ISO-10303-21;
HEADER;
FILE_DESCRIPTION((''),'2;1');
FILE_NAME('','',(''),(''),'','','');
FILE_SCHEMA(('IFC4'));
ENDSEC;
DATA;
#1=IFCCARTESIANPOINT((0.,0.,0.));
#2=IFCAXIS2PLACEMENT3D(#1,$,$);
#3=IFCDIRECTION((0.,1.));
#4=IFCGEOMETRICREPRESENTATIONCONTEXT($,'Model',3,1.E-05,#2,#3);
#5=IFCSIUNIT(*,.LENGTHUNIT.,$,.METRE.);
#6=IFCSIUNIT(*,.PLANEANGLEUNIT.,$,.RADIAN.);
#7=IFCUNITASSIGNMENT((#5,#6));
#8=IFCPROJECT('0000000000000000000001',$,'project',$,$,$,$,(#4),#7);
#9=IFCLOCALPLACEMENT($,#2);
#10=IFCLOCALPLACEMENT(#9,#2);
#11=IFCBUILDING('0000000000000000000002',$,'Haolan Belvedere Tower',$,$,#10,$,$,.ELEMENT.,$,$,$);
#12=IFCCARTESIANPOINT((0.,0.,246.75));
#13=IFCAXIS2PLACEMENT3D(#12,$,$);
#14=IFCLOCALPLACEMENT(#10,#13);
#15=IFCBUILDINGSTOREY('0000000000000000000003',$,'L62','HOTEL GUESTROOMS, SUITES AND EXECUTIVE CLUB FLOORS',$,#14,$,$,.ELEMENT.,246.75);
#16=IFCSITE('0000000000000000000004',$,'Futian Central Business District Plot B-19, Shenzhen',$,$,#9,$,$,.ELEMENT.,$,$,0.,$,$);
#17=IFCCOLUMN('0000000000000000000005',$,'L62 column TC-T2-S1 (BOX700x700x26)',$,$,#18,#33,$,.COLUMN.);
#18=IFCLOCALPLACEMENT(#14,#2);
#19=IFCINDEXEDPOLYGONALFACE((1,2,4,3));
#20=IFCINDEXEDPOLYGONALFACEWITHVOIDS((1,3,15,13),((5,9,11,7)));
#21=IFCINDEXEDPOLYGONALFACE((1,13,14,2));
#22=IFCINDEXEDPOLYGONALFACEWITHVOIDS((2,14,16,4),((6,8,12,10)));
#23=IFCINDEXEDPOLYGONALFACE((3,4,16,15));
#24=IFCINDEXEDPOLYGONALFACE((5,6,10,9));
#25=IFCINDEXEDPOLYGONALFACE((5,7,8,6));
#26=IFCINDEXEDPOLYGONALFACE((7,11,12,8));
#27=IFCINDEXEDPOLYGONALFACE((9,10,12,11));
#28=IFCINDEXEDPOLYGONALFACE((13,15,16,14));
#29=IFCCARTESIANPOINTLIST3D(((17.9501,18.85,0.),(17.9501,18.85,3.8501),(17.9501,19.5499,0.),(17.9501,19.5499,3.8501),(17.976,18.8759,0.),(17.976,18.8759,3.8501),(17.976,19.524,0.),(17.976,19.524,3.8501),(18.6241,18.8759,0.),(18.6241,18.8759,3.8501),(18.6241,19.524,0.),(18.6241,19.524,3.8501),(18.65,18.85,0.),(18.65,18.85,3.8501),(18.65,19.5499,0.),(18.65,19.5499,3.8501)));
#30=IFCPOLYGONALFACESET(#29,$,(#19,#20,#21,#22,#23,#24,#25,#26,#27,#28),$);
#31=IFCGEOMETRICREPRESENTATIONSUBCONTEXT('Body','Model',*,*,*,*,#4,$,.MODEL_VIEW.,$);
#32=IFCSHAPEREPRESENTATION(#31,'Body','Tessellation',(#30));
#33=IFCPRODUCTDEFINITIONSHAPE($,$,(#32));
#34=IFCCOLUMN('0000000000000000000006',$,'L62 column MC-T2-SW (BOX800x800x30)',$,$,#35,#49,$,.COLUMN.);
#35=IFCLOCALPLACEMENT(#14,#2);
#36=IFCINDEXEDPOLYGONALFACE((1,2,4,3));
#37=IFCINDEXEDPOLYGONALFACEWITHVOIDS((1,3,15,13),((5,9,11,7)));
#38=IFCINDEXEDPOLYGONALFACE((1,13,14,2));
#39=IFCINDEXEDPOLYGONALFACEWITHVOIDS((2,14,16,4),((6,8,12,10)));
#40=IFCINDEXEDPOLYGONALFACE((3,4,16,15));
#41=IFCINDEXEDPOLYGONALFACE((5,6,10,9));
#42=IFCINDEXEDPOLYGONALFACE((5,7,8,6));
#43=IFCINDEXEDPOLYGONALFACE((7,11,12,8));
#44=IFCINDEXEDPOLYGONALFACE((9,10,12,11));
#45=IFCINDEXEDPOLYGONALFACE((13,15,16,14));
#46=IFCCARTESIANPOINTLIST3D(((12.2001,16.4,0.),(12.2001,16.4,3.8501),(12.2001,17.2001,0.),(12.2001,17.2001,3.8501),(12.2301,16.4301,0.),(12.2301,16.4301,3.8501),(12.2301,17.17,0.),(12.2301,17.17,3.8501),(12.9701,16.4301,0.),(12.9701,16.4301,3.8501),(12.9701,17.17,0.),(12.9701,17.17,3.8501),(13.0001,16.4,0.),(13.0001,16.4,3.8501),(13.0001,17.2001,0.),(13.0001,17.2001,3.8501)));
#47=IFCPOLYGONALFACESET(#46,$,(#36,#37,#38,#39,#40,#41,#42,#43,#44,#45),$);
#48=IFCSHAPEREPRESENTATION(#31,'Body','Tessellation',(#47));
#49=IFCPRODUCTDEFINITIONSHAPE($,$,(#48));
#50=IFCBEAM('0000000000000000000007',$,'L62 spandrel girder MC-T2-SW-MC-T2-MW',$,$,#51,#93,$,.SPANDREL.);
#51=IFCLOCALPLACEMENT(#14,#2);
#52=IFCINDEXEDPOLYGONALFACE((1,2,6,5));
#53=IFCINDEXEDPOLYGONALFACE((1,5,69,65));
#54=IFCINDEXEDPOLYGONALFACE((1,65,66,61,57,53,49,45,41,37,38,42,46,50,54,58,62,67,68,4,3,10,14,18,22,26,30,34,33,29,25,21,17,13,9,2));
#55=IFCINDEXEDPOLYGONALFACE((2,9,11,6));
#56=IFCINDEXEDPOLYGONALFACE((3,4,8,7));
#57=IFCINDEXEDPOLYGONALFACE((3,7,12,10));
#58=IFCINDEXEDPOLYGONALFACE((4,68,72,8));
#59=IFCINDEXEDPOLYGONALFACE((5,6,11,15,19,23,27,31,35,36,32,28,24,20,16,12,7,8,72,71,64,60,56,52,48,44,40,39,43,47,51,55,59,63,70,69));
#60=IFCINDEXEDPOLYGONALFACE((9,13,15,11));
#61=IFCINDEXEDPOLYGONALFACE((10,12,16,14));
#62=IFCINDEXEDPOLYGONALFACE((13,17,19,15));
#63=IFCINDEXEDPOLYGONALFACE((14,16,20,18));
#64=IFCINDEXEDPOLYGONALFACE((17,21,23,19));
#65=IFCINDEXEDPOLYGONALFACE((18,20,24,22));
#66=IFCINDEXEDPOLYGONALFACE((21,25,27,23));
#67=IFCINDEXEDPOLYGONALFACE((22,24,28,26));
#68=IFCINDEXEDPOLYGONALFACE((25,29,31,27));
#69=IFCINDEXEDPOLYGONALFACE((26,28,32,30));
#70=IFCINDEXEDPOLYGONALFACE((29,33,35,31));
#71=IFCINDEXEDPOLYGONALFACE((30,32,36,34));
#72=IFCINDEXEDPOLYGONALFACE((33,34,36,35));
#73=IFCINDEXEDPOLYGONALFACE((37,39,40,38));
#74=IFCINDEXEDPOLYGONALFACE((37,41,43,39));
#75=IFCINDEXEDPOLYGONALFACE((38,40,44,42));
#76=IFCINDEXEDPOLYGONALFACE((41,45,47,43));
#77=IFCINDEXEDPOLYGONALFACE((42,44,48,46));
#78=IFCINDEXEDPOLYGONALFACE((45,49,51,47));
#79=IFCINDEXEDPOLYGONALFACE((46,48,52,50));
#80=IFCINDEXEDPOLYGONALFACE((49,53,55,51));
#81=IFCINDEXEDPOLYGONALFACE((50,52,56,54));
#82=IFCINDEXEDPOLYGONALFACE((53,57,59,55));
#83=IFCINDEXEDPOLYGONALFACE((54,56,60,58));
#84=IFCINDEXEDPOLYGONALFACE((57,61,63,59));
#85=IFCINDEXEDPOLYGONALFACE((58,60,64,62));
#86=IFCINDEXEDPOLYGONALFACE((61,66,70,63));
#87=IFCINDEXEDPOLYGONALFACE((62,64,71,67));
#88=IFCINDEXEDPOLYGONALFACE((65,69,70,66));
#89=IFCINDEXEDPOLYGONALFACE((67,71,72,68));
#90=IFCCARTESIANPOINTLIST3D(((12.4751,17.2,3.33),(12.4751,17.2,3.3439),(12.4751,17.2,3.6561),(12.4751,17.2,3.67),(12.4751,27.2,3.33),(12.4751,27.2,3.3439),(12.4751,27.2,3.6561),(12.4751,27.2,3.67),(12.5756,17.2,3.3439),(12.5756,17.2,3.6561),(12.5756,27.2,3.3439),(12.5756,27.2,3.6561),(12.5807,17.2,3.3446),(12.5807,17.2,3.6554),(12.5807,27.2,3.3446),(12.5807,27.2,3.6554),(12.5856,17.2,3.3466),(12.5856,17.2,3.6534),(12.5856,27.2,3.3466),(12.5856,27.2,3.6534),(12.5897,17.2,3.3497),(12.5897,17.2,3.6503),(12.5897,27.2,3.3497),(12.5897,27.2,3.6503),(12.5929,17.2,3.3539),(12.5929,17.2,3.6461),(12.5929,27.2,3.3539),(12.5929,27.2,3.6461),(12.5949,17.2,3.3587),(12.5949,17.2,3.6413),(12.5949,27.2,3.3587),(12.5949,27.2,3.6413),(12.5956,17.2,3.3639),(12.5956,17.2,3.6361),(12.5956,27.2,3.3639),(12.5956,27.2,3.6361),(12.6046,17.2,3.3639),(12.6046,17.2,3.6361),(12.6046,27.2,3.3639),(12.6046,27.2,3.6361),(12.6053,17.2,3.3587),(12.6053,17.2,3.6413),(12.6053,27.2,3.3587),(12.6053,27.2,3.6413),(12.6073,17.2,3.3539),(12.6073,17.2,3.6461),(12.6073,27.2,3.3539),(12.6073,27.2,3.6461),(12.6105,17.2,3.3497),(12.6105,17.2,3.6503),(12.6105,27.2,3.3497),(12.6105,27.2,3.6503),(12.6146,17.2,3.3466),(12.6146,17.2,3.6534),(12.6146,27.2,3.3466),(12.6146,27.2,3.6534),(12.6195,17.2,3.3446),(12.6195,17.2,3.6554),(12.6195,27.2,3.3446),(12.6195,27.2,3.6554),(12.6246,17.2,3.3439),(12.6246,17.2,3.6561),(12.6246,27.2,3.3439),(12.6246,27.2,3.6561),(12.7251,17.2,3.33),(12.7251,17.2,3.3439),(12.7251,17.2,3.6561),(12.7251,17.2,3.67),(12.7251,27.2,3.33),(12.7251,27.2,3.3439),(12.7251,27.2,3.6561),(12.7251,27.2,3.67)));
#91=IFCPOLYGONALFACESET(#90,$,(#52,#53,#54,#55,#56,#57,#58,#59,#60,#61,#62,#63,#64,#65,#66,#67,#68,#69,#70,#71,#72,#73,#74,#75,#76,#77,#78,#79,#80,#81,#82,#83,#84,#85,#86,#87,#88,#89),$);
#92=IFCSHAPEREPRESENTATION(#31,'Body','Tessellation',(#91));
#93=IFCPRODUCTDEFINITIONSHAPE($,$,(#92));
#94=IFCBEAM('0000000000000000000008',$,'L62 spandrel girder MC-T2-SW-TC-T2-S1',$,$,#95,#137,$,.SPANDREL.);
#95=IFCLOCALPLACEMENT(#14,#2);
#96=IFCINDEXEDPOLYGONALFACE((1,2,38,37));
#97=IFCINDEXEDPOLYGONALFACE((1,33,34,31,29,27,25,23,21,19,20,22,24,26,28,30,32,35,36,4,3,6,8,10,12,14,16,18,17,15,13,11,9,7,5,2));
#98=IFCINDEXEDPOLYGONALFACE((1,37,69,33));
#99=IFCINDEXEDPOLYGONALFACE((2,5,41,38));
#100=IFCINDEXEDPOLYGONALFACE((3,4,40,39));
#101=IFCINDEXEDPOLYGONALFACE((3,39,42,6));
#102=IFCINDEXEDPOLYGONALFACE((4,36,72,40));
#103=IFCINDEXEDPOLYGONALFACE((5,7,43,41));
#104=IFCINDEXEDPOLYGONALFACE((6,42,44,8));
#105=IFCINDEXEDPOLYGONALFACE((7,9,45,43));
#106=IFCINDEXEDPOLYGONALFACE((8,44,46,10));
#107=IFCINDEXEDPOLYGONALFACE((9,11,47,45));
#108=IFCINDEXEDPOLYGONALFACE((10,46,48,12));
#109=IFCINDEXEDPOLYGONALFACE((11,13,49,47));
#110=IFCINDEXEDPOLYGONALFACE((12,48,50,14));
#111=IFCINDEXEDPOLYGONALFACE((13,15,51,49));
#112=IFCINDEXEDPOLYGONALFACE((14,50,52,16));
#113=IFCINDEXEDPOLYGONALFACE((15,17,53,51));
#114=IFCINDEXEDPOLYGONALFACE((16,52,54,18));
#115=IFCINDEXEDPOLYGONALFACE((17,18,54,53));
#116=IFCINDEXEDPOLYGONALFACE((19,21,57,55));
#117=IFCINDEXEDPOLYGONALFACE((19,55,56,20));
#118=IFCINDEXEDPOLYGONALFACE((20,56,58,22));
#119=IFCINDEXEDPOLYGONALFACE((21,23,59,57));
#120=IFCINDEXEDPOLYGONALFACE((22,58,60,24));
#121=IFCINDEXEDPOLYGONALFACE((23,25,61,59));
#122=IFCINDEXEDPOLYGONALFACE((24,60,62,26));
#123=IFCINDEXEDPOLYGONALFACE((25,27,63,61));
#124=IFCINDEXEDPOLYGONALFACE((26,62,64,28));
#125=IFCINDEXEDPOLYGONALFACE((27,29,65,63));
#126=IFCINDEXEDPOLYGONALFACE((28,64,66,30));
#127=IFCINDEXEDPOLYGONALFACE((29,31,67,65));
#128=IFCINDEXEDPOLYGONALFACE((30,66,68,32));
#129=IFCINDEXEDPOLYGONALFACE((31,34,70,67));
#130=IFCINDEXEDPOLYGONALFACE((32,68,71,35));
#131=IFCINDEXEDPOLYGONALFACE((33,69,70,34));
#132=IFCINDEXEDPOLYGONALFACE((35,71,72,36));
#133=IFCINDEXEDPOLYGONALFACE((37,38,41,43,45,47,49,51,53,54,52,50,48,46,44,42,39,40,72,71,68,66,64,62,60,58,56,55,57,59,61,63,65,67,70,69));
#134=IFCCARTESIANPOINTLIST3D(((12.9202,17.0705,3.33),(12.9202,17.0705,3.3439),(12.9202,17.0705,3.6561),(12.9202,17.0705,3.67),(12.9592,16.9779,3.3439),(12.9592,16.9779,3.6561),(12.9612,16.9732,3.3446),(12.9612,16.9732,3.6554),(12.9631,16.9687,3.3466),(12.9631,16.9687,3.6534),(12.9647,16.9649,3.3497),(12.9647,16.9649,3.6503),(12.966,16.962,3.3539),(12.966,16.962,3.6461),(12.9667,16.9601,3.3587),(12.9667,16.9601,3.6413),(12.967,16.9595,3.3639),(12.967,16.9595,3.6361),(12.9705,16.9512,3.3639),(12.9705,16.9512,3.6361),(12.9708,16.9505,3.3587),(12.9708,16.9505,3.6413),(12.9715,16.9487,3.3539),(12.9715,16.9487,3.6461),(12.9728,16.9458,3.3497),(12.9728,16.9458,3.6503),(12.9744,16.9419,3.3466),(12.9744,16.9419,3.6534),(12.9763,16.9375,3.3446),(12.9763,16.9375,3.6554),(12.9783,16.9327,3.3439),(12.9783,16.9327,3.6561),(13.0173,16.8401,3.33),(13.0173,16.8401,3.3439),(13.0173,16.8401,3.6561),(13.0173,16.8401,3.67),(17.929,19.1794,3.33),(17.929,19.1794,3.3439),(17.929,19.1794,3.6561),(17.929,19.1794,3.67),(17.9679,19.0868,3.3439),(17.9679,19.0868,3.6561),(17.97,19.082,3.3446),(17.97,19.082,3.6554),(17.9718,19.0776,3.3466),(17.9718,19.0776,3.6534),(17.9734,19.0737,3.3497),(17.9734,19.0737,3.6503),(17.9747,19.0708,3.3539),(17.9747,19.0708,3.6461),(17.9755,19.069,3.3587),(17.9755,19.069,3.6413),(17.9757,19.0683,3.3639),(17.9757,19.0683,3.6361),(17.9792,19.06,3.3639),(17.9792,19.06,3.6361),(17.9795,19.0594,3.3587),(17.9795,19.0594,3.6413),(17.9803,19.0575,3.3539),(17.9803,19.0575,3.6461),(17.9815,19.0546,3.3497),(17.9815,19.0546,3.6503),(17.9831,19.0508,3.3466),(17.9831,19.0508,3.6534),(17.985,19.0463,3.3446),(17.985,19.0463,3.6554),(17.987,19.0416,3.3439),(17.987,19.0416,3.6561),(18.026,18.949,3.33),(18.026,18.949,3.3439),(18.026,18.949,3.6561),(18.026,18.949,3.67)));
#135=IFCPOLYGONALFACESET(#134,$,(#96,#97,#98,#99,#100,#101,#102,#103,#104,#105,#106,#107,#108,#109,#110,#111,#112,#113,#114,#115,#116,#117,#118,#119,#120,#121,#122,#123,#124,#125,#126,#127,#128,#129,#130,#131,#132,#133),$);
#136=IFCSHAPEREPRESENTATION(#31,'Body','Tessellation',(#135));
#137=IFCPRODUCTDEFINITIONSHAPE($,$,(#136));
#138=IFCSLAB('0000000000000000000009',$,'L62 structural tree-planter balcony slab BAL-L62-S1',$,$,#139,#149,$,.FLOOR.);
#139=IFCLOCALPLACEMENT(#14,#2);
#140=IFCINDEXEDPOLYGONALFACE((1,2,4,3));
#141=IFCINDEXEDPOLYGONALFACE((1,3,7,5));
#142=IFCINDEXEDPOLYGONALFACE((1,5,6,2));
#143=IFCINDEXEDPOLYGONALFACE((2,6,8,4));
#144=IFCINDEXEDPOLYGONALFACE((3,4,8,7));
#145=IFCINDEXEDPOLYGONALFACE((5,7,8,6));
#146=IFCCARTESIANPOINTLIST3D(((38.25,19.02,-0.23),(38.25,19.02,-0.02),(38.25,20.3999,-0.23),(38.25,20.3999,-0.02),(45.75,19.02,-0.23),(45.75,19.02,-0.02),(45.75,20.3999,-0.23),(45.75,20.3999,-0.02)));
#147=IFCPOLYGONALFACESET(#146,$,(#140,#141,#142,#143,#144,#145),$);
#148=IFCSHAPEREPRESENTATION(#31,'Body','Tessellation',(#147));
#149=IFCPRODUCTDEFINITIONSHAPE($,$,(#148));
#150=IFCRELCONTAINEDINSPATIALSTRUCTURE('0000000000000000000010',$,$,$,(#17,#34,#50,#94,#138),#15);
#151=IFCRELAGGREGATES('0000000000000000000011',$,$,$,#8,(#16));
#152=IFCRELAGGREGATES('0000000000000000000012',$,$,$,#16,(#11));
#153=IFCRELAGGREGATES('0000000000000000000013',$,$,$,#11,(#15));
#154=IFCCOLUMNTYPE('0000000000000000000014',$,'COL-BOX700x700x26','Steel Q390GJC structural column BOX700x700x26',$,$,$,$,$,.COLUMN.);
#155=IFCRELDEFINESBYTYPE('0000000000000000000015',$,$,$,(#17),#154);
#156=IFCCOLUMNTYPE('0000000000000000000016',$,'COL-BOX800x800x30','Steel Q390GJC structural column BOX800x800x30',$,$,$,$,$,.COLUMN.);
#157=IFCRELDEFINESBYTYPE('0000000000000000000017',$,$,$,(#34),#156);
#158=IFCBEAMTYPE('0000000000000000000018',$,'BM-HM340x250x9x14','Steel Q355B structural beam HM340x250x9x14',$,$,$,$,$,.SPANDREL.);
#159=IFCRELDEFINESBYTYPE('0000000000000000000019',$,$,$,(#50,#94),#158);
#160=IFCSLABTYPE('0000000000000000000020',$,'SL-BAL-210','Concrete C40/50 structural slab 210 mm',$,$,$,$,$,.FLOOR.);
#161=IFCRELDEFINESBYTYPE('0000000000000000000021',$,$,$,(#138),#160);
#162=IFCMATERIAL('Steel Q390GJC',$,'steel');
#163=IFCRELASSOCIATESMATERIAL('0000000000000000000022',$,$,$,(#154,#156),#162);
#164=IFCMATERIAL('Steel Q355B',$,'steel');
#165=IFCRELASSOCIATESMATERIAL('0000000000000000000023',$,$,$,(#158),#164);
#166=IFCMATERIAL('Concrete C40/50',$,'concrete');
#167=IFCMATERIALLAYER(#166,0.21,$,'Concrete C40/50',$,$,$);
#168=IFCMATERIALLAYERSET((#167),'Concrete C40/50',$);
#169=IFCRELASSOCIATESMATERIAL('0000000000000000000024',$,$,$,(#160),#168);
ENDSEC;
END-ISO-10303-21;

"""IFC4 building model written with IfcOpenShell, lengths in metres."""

from ifc_helpers import new_model, si_unit, direction, frame, origin, origin_2d, place, context, subcontext, project, spatial, polyline, hollow_rectangle, i_section, outline, extrude, material, layer, layer_set, material_profile, profile_set, type_object, element, save


model = new_model("IFC4")

# Units and contexts
model_context = context("Model", 3, precision=1e-05, world=origin(), true_north=direction((0.0, 1.0)))
body_context = subcontext(model_context, "Body", "Model", "MODEL_VIEW")
ifc_project = project(units=[si_unit("LENGTHUNIT", "METRE"), si_unit("PLANEANGLEUNIT", "RADIAN")], contexts=[model_context])

# Site, building, storey
site_placement = place(None, origin())
site = spatial("IfcSite", under=ifc_project, at=site_placement, Name="Futian Central Business District Plot B-19, Shenzhen", CompositionType="ELEMENT", RefElevation=0.0)
building_placement = place(site_placement, origin())
building = spatial("IfcBuilding", under=site, at=building_placement, Name="Haolan Belvedere Tower", CompositionType="ELEMENT")
storey_placement = place(building_placement, frame((0.0, 0.0, 246.75)))
storey = spatial("IfcBuildingStorey", under=building, at=storey_placement, Name="L62", Description="HOTEL GUESTROOMS, SUITES AND EXECUTIVE CLUB FLOORS", CompositionType="ELEMENT", Elevation=246.75)

# Columns
ifc_material_1 = material(Name="Steel Q390GJC", Category="steel")
ifc_material_profile_1 = material_profile(ifc_material_1, hollow_rectangle(XDim=0.7, YDim=0.7, WallThickness=0.0259, at=origin_2d()), Name="Steel Q390GJC")
ifc_profile_set_1 = profile_set([ifc_material_profile_1], Name="Steel Q390GJC")
column_type_1 = type_object("IfcColumnType", Name="COL-BOX700x700x26", Description="Steel Q390GJC structural column BOX700x700x26", PredefinedType="COLUMN", material=ifc_profile_set_1)
column_1_placement = place(storey_placement, frame((18.3, 19.2, 0.0), z_axis=(0.0, 0.0, 1.0), x_axis=(1.0, 0.0, 0.0)))
element("IfcColumn", 1, at=column_1_placement, inside=storey, type_object=column_type_1, Name="L62 column TC-T2-S1 (BOX700x700x26)", PredefinedType="COLUMN", context=body_context, shape_type="SweptSolid", body=[
    extrude(hollow_rectangle(XDim=0.7, YDim=0.7, WallThickness=0.0259, at=origin_2d()), origin(), (0.0, 0.0, 1.0), 3.8501),
])
ifc_material_profile_2 = material_profile(ifc_material_1, hollow_rectangle(XDim=0.8, YDim=0.8, WallThickness=0.03, at=origin_2d()), Name="Steel Q390GJC")
ifc_profile_set_2 = profile_set([ifc_material_profile_2], Name="Steel Q390GJC")
column_type_2 = type_object("IfcColumnType", Name="COL-BOX800x800x30", Description="Steel Q390GJC structural column BOX800x800x30", PredefinedType="COLUMN", material=ifc_profile_set_2)
column_2_placement = place(storey_placement, frame((12.6001, 16.8, 0.0), z_axis=(0.0, 0.0, 1.0), x_axis=(1.0, 0.0, 0.0)))
element("IfcColumn", 2, at=column_2_placement, inside=storey, type_object=column_type_2, Name="L62 column MC-T2-SW (BOX800x800x30)", PredefinedType="COLUMN", context=body_context, shape_type="SweptSolid", body=[
    extrude(hollow_rectangle(XDim=0.8, YDim=0.8, WallThickness=0.03, at=origin_2d()), origin(), (0.0, 0.0, 1.0), 3.8501),
])

# Beams
ifc_material_2 = material(Name="Steel Q355B", Category="steel")
ifc_material_profile_3 = material_profile(ifc_material_2, i_section(OverallWidth=0.25, OverallDepth=0.3401, WebThickness=0.009, FlangeThickness=0.0139, FilletRadius=0.02, at=origin_2d()), Name="Steel Q355B")
ifc_profile_set_3 = profile_set([ifc_material_profile_3], Name="Steel Q355B")
beam_type = type_object("IfcBeamType", Name="BM-HM340x250x9x14", Description="Steel Q355B structural beam HM340x250x9x14", PredefinedType="SPANDREL", material=ifc_profile_set_3)
beam_1_placement = place(storey_placement, frame((12.6001, 17.2, 3.5), z_axis=(0.0, 1.0, 0.0), x_axis=(-1.0, 0.0, 0.0)))
element("IfcBeam", 3, at=beam_1_placement, inside=storey, type_object=beam_type, Name="L62 spandrel girder MC-T2-SW-MC-T2-MW", PredefinedType="SPANDREL", context=body_context, shape_type="SweptSolid", body=[
    extrude(i_section(OverallWidth=0.25, OverallDepth=0.3401, WebThickness=0.009, FlangeThickness=0.0139, FilletRadius=0.02, at=origin_2d()), origin(), (0.0, 0.0, 1.0), 10.0),
])
beam_2_placement = place(storey_placement, frame((12.9688, 16.9553, 3.5), z_axis=(0.92164, 0.388045, 0.0), x_axis=(-0.388045, 0.92164, 0.0)))
element("IfcBeam", 4, at=beam_2_placement, inside=storey, type_object=beam_type, Name="L62 spandrel girder MC-T2-SW-TC-T2-S1", PredefinedType="SPANDREL", context=body_context, shape_type="SweptSolid", body=[
    extrude(i_section(OverallWidth=0.25, OverallDepth=0.3401, WebThickness=0.009, FlangeThickness=0.0139, FilletRadius=0.02, at=origin_2d()), origin(), (0.0, 0.0, 1.0), 5.4346),
])

# Slab
ifc_material_3 = material(Name="Concrete C40/50", Category="concrete")
ifc_layer_1 = layer(ifc_material_3, 0.21, Name="Concrete C40/50")
ifc_layer_set_1 = layer_set([ifc_layer_1], Name="Concrete C40/50")
slab_type_1 = type_object("IfcSlabType", Name="SL-BAL-210", Description="Concrete C40/50 structural slab 210 mm", PredefinedType="FLOOR", material=ifc_layer_set_1)
slab_1_placement = place(storey_placement, frame((0.0, 0.0, -0.23)))
element("IfcSlab", 5, at=slab_1_placement, inside=storey, type_object=slab_type_1, Name="L62 structural tree-planter balcony slab BAL-L62-S1", PredefinedType="FLOOR", context=body_context, shape_type="SweptSolid", body=[
    extrude(outline(polyline([(38.25, 19.02), (45.75, 19.02), (45.75, 20.3999), (38.25, 20.3999), (38.25, 19.02)])), origin(), (0.0, 0.0, 1.0), 0.21),
])

save(model, "model.ifc")
